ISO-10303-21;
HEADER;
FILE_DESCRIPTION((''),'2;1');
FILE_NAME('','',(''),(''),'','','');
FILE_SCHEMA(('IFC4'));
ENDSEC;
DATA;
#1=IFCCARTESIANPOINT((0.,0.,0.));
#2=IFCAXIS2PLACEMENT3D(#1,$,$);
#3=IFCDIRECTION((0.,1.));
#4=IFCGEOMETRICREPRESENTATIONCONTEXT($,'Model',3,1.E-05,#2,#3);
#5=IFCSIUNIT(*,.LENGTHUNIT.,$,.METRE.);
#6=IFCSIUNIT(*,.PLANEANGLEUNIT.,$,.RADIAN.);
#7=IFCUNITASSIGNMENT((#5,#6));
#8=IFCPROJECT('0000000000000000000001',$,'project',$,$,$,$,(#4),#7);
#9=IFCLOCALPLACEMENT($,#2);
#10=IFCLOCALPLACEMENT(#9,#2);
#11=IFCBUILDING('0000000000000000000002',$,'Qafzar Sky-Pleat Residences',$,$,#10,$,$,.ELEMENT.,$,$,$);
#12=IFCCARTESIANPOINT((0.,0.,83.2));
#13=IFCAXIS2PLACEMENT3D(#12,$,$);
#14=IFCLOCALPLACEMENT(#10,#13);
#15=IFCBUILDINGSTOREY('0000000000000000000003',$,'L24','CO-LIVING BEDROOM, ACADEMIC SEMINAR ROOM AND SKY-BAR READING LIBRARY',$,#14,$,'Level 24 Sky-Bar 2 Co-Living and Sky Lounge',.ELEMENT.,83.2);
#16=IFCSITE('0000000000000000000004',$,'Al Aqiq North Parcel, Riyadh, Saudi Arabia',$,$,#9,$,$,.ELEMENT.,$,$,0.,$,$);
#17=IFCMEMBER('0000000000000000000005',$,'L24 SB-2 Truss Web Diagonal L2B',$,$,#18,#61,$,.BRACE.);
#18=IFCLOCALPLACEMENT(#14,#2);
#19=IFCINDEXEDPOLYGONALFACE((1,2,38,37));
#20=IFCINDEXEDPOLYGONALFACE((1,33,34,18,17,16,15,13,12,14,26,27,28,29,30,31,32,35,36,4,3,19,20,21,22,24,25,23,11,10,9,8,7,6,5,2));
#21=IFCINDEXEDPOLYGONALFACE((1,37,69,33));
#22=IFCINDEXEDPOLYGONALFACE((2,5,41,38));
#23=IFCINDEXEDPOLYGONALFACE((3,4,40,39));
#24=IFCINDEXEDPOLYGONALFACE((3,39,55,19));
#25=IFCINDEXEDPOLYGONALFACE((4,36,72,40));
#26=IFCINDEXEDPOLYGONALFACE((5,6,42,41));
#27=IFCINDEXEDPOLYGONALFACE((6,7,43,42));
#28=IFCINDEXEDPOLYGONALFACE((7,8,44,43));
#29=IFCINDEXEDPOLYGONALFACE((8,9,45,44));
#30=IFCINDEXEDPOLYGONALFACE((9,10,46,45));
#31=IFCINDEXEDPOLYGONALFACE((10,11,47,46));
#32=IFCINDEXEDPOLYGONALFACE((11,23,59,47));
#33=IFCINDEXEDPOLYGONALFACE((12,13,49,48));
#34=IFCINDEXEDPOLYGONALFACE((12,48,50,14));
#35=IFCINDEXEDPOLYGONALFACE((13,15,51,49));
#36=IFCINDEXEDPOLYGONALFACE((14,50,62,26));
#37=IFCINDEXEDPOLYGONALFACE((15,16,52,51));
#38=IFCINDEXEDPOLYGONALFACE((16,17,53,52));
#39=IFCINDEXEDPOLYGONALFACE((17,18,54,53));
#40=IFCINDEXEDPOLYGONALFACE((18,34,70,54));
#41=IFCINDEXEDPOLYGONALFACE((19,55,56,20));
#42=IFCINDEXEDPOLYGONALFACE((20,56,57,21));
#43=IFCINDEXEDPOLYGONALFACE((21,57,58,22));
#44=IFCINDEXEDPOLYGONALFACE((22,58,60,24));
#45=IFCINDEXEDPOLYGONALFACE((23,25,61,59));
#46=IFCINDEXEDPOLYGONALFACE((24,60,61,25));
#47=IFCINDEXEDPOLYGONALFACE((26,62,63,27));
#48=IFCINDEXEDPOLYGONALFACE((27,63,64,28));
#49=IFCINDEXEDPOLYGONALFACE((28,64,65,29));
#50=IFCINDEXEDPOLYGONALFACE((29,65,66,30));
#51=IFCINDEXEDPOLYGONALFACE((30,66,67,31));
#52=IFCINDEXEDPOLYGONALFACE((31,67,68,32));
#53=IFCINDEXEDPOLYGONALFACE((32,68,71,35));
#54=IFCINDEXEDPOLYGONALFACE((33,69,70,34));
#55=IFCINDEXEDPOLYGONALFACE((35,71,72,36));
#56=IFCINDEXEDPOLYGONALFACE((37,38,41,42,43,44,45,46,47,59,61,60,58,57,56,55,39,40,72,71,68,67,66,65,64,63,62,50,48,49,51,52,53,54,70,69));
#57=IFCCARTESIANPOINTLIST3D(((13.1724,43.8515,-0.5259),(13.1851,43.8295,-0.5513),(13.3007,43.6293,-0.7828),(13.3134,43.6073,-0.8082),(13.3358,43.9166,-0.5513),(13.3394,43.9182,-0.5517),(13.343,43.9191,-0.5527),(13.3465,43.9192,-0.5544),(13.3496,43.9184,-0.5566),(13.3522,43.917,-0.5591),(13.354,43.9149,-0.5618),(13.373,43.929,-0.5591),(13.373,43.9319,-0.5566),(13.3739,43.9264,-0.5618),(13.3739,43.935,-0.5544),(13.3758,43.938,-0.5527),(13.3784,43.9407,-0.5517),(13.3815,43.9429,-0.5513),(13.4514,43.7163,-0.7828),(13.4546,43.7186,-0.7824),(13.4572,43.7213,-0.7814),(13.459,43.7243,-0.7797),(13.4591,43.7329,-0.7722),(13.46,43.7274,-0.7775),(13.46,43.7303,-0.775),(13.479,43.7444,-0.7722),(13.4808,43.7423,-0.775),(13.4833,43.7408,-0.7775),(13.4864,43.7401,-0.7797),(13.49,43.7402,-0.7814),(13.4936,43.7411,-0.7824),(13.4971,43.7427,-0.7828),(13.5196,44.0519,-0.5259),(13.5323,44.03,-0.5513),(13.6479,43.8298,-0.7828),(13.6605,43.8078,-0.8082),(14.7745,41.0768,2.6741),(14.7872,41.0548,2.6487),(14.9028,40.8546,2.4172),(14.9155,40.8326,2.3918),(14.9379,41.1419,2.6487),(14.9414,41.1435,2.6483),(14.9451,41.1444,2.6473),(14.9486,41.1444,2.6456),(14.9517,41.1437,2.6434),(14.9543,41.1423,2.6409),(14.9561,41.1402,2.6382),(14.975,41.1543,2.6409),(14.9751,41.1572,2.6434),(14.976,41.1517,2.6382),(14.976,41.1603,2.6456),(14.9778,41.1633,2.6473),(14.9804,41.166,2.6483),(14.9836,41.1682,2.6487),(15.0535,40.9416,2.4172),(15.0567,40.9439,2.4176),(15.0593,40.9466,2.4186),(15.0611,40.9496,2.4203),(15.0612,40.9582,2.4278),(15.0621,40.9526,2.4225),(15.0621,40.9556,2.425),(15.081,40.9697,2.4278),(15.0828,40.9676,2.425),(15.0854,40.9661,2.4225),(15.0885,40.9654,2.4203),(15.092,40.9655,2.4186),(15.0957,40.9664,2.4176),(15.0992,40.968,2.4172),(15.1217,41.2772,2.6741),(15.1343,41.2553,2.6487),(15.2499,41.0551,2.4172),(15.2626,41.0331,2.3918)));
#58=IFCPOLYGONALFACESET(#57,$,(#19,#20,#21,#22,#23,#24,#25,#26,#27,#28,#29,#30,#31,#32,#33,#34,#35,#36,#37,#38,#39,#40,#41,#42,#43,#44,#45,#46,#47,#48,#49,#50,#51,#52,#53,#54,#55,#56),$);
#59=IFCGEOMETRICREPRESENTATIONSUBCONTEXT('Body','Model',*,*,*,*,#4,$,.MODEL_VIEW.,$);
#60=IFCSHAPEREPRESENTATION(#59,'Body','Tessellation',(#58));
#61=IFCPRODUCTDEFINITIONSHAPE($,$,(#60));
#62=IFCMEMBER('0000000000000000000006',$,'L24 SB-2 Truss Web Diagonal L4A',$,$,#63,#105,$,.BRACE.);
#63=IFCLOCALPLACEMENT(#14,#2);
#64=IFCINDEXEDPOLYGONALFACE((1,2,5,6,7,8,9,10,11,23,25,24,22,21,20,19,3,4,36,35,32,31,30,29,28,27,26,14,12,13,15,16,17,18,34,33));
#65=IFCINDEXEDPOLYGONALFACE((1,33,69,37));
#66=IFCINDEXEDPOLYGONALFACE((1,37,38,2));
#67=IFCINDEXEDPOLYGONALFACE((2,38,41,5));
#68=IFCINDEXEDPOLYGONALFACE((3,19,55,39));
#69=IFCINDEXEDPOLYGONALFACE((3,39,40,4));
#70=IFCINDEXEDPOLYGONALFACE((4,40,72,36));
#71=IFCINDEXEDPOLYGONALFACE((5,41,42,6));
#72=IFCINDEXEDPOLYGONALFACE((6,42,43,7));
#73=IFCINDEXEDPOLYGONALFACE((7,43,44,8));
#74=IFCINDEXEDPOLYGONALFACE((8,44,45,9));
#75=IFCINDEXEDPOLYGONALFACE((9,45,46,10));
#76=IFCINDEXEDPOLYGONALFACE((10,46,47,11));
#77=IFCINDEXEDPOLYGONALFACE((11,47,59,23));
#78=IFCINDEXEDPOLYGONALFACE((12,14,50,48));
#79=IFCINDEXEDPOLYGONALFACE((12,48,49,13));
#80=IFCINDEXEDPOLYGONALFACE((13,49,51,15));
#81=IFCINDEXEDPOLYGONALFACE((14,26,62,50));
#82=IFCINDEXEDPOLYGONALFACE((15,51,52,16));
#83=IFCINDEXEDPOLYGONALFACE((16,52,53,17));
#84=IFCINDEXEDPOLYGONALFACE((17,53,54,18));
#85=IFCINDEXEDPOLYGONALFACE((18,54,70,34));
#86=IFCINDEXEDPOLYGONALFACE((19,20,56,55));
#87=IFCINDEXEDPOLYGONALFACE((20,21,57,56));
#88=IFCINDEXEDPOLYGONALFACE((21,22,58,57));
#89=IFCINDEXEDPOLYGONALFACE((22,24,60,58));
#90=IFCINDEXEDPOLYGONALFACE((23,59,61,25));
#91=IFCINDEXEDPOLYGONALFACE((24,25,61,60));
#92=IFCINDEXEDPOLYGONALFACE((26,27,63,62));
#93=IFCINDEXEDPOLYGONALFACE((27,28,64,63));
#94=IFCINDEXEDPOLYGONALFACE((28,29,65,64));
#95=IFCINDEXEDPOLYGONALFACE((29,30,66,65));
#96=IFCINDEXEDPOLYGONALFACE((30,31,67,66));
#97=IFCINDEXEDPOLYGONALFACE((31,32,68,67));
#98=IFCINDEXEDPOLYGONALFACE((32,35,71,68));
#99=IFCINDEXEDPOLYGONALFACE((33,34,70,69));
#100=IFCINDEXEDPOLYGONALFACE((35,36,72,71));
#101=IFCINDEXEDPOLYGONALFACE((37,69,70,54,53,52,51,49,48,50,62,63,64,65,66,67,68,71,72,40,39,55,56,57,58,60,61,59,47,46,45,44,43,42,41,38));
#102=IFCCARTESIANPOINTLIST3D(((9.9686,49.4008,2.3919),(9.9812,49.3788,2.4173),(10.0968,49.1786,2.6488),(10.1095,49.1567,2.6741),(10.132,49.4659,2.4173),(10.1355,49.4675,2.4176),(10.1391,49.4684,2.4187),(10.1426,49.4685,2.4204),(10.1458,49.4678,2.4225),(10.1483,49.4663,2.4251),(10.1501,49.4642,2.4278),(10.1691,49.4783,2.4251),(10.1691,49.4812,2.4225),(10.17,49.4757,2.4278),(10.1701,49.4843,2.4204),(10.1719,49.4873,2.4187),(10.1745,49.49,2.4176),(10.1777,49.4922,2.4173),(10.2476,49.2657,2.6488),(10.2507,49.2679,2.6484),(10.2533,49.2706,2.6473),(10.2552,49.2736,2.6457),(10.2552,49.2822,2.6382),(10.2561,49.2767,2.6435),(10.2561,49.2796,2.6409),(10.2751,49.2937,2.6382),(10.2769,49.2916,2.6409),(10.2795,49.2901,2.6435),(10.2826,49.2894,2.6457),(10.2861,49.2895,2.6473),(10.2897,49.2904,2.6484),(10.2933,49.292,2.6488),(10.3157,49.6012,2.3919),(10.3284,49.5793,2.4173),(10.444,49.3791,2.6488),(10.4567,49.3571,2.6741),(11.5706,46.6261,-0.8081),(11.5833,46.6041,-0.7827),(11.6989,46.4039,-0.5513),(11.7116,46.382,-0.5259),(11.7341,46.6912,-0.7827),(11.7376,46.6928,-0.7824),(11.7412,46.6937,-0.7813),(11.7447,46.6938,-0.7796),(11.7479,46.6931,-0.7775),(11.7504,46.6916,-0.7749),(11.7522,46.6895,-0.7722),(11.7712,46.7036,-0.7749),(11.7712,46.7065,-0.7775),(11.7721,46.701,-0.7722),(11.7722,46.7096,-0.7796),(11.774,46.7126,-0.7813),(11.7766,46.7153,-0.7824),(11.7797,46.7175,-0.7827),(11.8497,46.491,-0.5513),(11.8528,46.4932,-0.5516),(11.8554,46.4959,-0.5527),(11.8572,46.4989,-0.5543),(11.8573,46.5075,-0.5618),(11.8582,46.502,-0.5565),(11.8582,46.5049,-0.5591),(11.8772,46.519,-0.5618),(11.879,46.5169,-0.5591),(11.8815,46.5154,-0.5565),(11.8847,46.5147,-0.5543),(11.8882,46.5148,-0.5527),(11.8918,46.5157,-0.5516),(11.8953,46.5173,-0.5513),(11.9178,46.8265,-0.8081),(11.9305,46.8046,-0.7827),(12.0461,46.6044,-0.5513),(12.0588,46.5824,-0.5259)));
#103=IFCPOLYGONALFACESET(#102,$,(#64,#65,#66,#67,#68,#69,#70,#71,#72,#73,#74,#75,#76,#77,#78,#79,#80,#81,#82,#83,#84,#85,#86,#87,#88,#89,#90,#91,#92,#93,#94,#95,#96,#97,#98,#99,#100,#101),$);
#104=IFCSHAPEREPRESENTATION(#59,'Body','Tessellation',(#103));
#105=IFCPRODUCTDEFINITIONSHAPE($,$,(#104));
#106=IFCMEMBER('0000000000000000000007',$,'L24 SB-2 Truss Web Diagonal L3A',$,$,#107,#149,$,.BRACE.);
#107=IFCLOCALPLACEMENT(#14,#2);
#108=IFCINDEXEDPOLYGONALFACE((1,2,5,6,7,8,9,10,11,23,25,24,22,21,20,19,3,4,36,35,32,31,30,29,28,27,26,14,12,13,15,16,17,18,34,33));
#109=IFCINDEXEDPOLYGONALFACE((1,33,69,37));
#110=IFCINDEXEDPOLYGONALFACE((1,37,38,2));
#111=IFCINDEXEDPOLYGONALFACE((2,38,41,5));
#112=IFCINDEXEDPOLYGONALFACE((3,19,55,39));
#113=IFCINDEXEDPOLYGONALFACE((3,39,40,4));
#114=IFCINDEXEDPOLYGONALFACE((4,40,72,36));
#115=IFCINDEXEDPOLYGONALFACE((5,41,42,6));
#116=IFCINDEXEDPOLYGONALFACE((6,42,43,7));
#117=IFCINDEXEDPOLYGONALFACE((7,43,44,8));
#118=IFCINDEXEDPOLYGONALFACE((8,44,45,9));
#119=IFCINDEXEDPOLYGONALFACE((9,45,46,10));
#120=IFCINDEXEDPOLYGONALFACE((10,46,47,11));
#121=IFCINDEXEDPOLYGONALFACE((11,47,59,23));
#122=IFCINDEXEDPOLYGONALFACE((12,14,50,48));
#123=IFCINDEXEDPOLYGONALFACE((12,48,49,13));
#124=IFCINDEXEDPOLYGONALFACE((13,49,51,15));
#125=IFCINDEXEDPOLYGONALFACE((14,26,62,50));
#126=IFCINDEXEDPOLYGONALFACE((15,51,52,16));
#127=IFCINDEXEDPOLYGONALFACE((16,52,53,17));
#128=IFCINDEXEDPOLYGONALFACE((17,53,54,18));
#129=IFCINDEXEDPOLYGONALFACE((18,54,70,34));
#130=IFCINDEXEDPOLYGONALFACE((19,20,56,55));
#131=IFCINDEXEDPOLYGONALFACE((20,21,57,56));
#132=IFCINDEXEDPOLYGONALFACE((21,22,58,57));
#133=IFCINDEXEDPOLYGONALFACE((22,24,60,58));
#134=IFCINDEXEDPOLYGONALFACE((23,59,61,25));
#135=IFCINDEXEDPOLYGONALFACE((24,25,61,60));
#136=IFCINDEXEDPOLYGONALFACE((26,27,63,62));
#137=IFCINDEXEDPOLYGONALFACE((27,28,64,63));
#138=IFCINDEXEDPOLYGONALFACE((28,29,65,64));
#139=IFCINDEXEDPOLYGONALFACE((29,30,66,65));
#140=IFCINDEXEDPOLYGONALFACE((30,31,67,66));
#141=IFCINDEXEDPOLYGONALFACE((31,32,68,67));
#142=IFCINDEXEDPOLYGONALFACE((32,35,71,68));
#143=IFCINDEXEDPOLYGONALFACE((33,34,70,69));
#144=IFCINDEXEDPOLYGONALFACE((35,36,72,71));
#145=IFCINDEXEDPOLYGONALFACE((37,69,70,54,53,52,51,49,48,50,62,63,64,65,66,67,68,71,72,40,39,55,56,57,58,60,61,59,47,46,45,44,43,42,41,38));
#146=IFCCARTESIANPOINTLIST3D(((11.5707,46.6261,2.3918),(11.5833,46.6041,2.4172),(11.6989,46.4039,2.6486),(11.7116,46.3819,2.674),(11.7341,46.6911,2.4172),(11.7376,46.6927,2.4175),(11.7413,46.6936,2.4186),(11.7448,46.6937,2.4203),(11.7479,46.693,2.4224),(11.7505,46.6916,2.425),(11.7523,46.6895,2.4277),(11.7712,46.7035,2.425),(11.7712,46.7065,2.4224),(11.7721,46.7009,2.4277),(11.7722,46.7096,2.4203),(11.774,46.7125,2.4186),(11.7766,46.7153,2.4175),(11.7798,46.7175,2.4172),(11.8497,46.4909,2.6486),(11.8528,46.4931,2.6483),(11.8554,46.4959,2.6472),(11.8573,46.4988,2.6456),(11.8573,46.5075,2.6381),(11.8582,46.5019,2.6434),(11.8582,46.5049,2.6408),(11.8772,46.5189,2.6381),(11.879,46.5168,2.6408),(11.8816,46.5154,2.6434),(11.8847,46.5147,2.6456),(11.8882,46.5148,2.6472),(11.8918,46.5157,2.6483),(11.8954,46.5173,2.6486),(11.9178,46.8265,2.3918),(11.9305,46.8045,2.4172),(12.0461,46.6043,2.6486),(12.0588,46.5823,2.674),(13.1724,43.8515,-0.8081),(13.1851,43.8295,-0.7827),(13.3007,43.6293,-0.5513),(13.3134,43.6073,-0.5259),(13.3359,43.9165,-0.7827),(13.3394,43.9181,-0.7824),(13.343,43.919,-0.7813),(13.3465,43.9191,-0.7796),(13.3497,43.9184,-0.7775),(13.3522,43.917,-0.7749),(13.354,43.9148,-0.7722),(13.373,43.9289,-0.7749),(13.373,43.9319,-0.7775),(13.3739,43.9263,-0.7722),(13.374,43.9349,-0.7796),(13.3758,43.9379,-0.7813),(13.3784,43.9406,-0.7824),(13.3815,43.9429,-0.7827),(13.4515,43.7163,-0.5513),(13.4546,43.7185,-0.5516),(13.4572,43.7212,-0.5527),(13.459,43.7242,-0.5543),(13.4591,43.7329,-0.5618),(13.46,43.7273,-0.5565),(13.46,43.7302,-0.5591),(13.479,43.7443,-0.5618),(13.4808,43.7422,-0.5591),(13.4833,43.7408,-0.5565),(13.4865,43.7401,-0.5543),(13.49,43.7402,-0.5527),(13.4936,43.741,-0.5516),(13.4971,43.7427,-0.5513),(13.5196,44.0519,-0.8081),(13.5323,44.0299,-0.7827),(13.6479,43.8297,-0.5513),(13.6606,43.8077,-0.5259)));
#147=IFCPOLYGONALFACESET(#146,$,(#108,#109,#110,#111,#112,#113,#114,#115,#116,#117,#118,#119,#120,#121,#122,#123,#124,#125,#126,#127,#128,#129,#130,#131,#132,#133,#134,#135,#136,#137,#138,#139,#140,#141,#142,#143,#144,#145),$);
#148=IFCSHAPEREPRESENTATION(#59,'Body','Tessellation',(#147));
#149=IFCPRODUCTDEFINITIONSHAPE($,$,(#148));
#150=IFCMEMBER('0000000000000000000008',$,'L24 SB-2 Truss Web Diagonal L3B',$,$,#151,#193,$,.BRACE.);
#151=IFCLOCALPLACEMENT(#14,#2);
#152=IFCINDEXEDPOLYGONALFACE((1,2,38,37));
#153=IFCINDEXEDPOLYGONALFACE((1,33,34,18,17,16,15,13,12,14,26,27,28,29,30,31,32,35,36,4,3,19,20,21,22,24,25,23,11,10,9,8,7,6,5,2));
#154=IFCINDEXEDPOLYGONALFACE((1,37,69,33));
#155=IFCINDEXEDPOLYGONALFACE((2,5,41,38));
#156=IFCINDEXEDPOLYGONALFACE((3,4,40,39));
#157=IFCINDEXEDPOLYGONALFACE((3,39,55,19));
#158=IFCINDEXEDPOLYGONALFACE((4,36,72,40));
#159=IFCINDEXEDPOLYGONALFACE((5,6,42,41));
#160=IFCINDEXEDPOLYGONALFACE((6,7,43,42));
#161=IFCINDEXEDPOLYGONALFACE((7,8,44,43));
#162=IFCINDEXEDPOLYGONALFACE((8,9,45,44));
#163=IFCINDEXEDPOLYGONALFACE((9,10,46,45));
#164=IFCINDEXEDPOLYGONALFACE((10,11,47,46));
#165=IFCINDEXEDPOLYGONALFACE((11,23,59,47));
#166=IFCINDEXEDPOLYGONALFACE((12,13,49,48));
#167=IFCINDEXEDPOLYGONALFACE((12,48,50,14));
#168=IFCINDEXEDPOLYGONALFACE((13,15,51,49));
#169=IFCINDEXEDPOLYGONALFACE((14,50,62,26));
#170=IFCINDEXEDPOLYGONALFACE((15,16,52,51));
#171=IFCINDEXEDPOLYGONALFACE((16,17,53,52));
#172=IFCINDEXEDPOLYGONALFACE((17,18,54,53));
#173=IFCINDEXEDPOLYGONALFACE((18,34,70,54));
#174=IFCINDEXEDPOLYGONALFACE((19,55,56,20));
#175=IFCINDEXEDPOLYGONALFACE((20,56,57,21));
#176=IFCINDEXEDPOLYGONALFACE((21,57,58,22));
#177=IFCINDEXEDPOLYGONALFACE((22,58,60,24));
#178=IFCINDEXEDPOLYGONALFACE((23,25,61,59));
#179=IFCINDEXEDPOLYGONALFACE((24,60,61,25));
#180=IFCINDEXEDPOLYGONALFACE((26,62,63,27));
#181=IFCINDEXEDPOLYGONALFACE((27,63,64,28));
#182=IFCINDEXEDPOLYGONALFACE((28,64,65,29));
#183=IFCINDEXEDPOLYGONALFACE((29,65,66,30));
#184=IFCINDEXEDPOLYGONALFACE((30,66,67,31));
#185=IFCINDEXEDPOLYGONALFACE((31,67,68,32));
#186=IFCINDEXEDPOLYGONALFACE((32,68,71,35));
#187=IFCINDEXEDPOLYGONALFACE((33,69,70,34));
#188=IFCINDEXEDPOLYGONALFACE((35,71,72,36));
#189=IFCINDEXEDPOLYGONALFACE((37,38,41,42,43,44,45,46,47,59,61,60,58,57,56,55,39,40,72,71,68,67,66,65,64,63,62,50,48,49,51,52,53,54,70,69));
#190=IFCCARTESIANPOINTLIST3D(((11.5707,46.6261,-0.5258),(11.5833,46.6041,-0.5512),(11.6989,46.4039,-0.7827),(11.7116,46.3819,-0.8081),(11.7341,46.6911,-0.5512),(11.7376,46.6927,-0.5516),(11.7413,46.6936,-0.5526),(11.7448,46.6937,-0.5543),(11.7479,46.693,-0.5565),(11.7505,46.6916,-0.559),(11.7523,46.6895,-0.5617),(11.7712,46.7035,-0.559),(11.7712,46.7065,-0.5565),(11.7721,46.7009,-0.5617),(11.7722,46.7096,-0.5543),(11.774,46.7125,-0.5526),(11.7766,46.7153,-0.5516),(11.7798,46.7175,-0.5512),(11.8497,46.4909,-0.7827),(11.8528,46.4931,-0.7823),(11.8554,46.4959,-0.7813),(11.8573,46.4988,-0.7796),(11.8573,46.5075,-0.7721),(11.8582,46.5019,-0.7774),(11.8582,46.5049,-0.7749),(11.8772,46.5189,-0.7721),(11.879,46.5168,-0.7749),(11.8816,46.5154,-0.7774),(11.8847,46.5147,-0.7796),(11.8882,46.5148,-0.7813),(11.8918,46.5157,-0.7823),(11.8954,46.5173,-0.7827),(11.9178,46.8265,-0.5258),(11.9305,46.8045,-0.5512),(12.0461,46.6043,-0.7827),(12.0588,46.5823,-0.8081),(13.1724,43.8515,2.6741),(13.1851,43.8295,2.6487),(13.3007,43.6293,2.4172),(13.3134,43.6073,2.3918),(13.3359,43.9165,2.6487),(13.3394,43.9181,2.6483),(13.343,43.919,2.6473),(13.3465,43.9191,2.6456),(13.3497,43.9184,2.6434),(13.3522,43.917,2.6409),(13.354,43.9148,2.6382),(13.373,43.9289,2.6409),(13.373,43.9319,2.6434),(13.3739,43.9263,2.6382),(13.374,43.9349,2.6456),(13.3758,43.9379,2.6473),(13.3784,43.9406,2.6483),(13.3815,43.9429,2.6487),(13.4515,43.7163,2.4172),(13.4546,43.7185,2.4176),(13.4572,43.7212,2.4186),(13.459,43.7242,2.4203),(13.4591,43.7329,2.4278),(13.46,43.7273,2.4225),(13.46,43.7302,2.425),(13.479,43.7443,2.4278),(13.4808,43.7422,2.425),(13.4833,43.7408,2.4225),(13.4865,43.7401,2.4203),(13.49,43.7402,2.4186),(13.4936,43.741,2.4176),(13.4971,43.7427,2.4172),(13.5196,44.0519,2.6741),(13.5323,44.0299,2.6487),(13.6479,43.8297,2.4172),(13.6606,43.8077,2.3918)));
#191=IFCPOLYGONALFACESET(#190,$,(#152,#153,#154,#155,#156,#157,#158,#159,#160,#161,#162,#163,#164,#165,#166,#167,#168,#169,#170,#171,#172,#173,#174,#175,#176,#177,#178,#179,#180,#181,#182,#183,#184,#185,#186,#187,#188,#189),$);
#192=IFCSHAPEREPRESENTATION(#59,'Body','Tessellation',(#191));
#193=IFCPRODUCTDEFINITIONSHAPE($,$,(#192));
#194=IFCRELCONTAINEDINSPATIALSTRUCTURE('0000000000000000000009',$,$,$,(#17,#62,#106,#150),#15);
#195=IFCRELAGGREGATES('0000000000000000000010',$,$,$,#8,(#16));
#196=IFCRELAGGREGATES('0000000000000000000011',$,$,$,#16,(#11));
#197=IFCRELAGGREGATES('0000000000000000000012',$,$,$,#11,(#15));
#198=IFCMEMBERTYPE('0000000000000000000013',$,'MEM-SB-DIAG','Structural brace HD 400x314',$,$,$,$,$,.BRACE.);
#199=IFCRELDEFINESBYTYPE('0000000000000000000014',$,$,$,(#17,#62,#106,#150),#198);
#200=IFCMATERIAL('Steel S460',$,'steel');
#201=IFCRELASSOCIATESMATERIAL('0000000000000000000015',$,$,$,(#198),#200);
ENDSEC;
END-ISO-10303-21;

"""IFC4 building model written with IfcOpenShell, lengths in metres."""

from ifc_helpers import new_model, si_unit, direction, frame, origin, origin_2d, place, context, subcontext, project, spatial, i_section, extrude, source, transform, mapped, material, material_profile, profile_set, type_object, element, save


model = new_model("IFC4")

# Units and contexts
model_context = context("Model", 3, precision=1e-05, world=origin(), true_north=direction((0.0, 1.0)))
body_context = subcontext(model_context, "Body", "Model", "MODEL_VIEW")
ifc_project = project(units=[si_unit("LENGTHUNIT", "METRE"), si_unit("PLANEANGLEUNIT", "RADIAN")], contexts=[model_context])

# Site, building, storey
site_placement = place(None, origin())
site = spatial("IfcSite", under=ifc_project, at=site_placement, Name="Al Aqiq North Parcel, Riyadh, Saudi Arabia", CompositionType="ELEMENT", RefElevation=0.0)
building_placement = place(site_placement, origin())
building = spatial("IfcBuilding", under=site, at=building_placement, Name="Qafzar Sky-Pleat Residences", CompositionType="ELEMENT")
storey_placement = place(building_placement, frame((0.0, 0.0, 83.2)))
storey = spatial("IfcBuildingStorey", under=building, at=storey_placement, Name="L24", Description="CO-LIVING BEDROOM, ACADEMIC SEMINAR ROOM AND SKY-BAR READING LIBRARY", LongName="Level 24 Sky-Bar 2 Co-Living and Sky Lounge", CompositionType="ELEMENT", Elevation=83.2)

# Shared definitions
ifc_material_1 = material(Name="Steel S460", Category="steel")

# Members
ifc_material_profile_1 = material_profile(ifc_material_1, i_section(OverallWidth=0.4009, OverallDepth=0.3989, WebThickness=0.0229, FlangeThickness=0.0359, FilletRadius=0.0149, at=origin_2d()), Name="HD 400x314")
ifc_profile_set_1 = profile_set([ifc_material_profile_1], Name="Steel S460")
member_type = type_object("IfcMemberType", Name="MEM-SB-DIAG", Description="Structural brace HD 400x314", PredefinedType="BRACE", material=ifc_profile_set_1)
shared_shape_1 = source(origin(), body_context, "Body", "SweptSolid", [
    extrude(i_section(OverallWidth=0.4009, OverallDepth=0.3989, WebThickness=0.0229, FlangeThickness=0.0359, FilletRadius=0.0149, at=origin_2d()), origin(), (0.0, 0.0, 1.0), 4.5283),
])
for number, where, z_axis, x_axis, name in (
    (1, (15.0186, 41.0549, 2.533), (-0.353791, 0.612745, -0.706665), (-0.866012, -0.500024, 0.0), "L24 SB-2 Truss Web Diagonal L2B"),
    (2, (11.8147, 46.6042, -0.667), (-0.353791, 0.612745, 0.706665), (-0.866012, -0.500024, 0.0), "L24 SB-2 Truss Web Diagonal L4A"),
):
    element("IfcMember", number, at=place(storey_placement, frame(where, z_axis=z_axis, x_axis=x_axis)), inside=storey, type_object=member_type, Name=name, PredefinedType="BRACE", context=body_context, shape_type="MappedRepresentation", body=[
        mapped(shared_shape_1, transform((0.0, 0.0, 0.0), x_axis=(1.0, 0.0, 0.0), y_axis=(0.0, 1.0, 0.0), z_axis=(0.0, 0.0, 1.0), scale=1.0)),
    ])
shared_shape_2 = source(origin(), body_context, "Body", "SweptSolid", [
    extrude(i_section(OverallWidth=0.4009, OverallDepth=0.3989, WebThickness=0.0229, FlangeThickness=0.0359, FilletRadius=0.0149, at=origin_2d()), origin(), (0.0, 0.0, 1.0), 4.5281),
])
for number, where, z_axis, x_axis, name in (
    (3, (13.4165, 43.8296, -0.667), (-0.353744, 0.612757, 0.706679), (-0.866045, -0.499967, 0.0), "L24 SB-2 Truss Web Diagonal L3A"),
    (4, (13.4165, 43.8296, 2.533), (-0.353744, 0.612757, -0.706679), (-0.866045, -0.499967, 0.0), "L24 SB-2 Truss Web Diagonal L3B"),
):
    element("IfcMember", number, at=place(storey_placement, frame(where, z_axis=z_axis, x_axis=x_axis)), inside=storey, type_object=member_type, Name=name, PredefinedType="BRACE", context=body_context, shape_type="MappedRepresentation", body=[
        mapped(shared_shape_2, transform((0.0, 0.0, 0.0), x_axis=(1.0, 0.0, 0.0), y_axis=(0.0, 1.0, 0.0), z_axis=(0.0, 0.0, 1.0), scale=1.0)),
    ])

save(model, "model.ifc")
